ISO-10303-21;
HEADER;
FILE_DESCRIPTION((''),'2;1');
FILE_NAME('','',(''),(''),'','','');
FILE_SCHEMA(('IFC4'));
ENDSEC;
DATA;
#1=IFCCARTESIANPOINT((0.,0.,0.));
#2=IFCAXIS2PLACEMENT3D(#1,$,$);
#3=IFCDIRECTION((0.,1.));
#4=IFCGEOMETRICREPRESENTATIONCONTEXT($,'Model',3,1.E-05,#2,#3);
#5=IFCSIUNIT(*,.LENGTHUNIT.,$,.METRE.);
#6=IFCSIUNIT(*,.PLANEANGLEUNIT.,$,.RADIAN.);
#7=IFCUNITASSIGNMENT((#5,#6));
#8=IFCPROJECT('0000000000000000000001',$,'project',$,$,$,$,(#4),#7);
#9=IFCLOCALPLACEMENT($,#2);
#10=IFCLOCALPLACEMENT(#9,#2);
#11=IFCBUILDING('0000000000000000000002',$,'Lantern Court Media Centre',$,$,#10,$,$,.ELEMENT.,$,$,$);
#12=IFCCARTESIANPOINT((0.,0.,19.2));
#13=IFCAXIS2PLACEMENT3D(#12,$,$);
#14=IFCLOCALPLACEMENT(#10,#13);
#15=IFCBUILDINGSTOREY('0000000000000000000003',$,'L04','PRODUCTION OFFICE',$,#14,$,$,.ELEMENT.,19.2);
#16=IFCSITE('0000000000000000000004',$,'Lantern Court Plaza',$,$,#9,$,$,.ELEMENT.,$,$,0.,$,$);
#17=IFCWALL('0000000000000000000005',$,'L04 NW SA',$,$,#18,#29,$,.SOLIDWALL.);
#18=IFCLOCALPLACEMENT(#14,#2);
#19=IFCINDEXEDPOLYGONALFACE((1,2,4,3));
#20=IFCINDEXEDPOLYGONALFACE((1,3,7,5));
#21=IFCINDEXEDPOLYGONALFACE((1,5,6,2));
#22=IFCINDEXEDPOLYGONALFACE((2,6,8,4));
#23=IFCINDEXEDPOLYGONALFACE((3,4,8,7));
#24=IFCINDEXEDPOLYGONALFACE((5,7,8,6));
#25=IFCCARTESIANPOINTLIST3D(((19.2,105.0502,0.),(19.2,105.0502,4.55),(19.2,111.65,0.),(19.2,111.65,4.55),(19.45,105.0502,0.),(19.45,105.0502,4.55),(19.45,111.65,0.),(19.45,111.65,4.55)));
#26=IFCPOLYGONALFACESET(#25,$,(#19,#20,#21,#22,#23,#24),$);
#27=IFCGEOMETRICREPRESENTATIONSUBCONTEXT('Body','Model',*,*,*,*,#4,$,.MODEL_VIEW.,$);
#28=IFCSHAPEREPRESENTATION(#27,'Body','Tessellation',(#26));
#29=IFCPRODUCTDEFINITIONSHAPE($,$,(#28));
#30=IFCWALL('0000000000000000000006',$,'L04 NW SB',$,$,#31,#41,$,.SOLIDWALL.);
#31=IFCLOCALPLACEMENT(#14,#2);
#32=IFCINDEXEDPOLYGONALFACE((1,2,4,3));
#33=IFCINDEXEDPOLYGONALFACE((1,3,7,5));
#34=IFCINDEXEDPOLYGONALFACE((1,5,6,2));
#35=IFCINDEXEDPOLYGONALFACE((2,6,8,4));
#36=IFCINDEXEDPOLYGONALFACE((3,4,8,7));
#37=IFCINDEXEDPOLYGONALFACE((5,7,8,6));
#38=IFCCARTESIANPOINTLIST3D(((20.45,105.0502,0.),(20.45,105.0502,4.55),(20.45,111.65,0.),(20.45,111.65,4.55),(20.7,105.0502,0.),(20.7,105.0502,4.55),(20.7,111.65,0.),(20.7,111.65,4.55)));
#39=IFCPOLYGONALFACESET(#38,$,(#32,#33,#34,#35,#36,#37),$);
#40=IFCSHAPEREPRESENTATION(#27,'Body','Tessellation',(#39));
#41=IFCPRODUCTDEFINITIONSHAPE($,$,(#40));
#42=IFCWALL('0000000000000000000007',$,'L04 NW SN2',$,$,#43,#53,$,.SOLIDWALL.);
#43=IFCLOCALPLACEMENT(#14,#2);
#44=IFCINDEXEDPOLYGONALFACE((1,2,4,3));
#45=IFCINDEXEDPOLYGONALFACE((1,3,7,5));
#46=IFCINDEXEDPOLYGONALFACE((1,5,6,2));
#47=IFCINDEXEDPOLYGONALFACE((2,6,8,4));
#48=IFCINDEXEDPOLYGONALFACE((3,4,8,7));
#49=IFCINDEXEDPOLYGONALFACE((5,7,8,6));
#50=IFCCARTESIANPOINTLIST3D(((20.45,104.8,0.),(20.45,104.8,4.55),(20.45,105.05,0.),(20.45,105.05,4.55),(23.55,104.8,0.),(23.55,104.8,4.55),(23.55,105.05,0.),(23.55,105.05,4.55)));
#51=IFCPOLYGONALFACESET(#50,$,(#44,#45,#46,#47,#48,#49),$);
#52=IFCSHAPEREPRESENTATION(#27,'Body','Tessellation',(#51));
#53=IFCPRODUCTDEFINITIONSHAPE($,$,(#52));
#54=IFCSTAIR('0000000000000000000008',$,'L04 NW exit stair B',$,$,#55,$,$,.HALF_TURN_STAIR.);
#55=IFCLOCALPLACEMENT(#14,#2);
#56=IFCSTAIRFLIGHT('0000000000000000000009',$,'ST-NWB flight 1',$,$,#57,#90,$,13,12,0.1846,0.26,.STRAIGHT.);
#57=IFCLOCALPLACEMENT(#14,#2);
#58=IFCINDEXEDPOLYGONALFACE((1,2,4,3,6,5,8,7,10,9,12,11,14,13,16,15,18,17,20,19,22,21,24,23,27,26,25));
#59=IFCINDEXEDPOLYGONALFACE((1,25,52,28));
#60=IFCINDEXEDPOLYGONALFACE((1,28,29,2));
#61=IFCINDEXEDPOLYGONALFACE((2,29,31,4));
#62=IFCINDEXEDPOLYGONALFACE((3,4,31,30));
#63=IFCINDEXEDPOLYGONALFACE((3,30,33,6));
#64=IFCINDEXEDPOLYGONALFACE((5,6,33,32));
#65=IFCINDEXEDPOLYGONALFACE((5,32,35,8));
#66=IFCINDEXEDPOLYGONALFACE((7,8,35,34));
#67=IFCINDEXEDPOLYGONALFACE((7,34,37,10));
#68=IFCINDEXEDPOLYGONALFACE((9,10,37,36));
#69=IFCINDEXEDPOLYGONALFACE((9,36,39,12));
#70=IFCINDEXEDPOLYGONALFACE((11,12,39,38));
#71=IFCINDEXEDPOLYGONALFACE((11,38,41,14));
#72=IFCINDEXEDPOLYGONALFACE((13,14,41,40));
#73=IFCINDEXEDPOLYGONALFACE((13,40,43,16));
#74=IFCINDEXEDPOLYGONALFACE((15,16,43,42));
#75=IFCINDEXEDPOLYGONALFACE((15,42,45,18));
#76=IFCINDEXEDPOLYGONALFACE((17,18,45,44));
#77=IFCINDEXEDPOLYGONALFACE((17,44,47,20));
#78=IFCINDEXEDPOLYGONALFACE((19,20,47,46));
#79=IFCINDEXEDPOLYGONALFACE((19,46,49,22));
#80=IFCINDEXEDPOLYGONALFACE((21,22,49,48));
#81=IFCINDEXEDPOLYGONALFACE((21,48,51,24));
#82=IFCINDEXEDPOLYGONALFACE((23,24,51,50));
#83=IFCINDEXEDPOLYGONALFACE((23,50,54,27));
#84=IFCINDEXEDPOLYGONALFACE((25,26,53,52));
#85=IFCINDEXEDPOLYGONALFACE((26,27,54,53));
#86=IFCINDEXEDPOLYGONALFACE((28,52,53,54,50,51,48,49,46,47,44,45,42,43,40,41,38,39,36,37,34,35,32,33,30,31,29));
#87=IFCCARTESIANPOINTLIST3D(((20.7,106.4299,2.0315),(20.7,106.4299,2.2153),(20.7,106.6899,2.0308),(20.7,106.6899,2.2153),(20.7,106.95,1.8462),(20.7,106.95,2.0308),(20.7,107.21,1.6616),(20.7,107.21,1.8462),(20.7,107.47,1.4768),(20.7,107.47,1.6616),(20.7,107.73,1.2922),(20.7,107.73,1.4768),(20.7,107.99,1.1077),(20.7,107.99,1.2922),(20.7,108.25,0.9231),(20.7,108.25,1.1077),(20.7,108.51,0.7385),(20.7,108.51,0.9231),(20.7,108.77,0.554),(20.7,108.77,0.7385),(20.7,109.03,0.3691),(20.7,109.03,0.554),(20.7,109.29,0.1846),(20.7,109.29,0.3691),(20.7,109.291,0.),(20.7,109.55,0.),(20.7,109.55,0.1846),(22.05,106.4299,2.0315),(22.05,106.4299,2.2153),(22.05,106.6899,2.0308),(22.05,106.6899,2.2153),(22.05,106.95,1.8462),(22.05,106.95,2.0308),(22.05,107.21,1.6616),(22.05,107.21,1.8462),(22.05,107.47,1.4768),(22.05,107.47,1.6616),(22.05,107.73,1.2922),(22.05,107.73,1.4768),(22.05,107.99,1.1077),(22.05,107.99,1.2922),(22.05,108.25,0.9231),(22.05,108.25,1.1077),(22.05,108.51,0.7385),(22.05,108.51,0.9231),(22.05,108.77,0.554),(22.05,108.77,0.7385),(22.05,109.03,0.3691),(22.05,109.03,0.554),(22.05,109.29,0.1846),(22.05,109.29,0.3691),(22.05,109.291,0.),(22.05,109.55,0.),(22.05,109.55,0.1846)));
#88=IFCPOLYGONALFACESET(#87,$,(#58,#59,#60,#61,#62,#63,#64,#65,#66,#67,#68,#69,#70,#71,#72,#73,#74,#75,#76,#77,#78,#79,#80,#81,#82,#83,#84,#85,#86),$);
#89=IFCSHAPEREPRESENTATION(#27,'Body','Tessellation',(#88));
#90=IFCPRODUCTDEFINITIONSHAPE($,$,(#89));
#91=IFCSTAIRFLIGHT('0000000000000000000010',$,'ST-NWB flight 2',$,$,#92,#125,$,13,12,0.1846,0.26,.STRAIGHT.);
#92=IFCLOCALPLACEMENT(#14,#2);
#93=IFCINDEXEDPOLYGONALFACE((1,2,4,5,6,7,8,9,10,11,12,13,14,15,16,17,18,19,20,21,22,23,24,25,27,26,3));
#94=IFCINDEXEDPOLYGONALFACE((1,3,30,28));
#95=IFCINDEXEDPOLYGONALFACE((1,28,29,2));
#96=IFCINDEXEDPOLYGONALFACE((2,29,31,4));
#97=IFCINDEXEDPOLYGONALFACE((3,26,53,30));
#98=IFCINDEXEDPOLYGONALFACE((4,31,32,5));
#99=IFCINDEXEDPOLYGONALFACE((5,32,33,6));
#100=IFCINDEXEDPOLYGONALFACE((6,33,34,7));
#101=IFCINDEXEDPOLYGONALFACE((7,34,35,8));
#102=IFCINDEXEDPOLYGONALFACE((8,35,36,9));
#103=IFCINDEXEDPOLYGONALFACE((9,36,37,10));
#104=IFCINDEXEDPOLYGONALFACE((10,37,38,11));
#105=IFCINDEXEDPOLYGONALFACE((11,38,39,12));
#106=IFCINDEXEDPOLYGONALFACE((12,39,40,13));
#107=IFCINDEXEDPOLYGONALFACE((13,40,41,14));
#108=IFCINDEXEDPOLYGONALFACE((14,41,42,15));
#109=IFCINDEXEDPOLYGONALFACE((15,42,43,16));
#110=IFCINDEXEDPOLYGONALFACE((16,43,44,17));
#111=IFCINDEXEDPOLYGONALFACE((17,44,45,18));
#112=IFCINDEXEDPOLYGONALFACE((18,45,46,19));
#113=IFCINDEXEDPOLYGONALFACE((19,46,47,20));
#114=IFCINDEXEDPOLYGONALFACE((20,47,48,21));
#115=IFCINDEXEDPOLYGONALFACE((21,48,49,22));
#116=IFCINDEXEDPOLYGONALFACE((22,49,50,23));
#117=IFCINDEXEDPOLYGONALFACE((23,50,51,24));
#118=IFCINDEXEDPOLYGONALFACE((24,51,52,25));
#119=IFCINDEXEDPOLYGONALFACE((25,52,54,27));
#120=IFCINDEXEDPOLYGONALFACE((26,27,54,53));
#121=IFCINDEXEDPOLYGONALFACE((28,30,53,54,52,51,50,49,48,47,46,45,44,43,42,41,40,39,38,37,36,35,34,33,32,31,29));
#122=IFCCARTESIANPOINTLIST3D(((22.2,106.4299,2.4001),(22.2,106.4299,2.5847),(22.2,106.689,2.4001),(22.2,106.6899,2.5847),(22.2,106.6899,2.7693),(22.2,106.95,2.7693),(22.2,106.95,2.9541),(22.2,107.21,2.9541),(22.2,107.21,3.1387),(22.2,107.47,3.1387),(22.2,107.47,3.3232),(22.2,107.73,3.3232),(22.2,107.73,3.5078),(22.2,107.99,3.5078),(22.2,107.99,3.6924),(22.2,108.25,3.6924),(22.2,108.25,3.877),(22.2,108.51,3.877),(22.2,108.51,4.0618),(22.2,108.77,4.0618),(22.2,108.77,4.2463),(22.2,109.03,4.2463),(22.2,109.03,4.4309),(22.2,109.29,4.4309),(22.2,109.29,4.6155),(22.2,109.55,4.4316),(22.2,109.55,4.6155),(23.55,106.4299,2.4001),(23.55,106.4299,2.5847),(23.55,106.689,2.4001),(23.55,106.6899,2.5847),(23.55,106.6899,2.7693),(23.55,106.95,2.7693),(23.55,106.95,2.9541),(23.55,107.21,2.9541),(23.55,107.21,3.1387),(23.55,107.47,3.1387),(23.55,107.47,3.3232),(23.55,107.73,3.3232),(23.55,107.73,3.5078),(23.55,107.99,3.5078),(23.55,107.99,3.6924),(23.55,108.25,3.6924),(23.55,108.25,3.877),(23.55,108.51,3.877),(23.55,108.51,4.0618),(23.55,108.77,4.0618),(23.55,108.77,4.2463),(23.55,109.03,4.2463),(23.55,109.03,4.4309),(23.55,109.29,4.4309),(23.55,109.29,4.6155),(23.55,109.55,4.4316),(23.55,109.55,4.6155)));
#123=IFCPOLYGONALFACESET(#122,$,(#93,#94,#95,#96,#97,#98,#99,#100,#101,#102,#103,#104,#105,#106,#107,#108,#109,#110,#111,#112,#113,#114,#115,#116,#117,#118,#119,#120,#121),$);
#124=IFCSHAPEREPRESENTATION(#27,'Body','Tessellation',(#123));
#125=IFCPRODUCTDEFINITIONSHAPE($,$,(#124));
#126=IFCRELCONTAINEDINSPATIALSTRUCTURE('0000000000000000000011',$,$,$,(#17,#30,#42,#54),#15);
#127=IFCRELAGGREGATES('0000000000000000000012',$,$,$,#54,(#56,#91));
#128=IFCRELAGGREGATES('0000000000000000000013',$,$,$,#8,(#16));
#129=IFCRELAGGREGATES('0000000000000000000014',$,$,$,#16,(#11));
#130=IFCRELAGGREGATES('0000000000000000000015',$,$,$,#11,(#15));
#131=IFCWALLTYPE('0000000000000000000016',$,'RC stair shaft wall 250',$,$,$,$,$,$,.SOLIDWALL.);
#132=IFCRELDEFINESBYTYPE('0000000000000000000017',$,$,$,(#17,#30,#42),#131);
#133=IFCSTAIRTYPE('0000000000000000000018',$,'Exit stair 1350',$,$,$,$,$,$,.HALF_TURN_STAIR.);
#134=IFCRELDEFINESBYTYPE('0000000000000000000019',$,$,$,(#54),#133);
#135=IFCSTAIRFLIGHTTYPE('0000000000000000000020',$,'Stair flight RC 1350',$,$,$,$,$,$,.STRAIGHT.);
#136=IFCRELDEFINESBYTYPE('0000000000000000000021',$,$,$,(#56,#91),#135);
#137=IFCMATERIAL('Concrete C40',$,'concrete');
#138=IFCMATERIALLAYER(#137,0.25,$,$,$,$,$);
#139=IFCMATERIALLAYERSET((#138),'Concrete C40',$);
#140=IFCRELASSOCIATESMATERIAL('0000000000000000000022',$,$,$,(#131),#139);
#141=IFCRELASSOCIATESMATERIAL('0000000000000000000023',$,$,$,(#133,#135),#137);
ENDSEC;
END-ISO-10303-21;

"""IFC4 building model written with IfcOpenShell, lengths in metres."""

from ifc_helpers import new_model, si_unit, direction, frame, frame_2d, origin, place, context, subcontext, project, spatial, polyline, rectangle, outline, extrude, material, layer, layer_set, type_object, element, aggregate, save


model = new_model("IFC4")

# Units and contexts
model_context = context("Model", 3, precision=1e-05, world=origin(), true_north=direction((0.0, 1.0)))
body_context = subcontext(model_context, "Body", "Model", "MODEL_VIEW")
ifc_project = project(units=[si_unit("LENGTHUNIT", "METRE"), si_unit("PLANEANGLEUNIT", "RADIAN")], contexts=[model_context])

# Site, building, storey
site_placement = place(None, origin())
site = spatial("IfcSite", under=ifc_project, at=site_placement, Name="Lantern Court Plaza", CompositionType="ELEMENT", RefElevation=0.0)
building_placement = place(site_placement, origin())
building = spatial("IfcBuilding", under=site, at=building_placement, Name="Lantern Court Media Centre", CompositionType="ELEMENT")
storey_placement = place(building_placement, frame((0.0, 0.0, 19.2)))
storey = spatial("IfcBuildingStorey", under=building, at=storey_placement, Name="L04", Description="PRODUCTION OFFICE", CompositionType="ELEMENT", Elevation=19.2)

# Walls
ifc_material_1 = material(Name="Concrete C40", Category="concrete")
ifc_layer_1 = layer(ifc_material_1, 0.25)
ifc_layer_set_1 = layer_set([ifc_layer_1], Name="Concrete C40")
wall_type_1 = type_object("IfcWallType", Name="RC stair shaft wall 250", PredefinedType="SOLIDWALL", material=ifc_layer_set_1)
for number, where, z_axis, x_axis, name in (
    (1, (19.325, 111.6499, 0.0), (0.0, 0.0, 1.0), (0.0, -1.0, 0.0), "L04 NW SA"),
    (2, (20.575, 111.6499, 0.0), (0.0, 0.0, 1.0), (0.0, -1.0, 0.0), "L04 NW SB"),
):
    element("IfcWall", number, at=place(storey_placement, frame(where, z_axis=z_axis, x_axis=x_axis)), inside=storey, type_object=wall_type_1, Name=name, PredefinedType="SOLIDWALL", context=body_context, shape_type="SweptSolid", body=[
        extrude(rectangle(XDim=6.5999, YDim=0.25, at=frame_2d((3.2998, 0.0))), origin(), (0.0, 0.0, 1.0), 4.55),
    ])
wall_1_placement = place(storey_placement, frame((20.45, 104.925, 0.0), z_axis=(0.0, 0.0, 1.0), x_axis=(1.0, 0.0, 0.0)))
element("IfcWall", 3, at=wall_1_placement, inside=storey, type_object=wall_type_1, Name="L04 NW SN2", PredefinedType="SOLIDWALL", context=body_context, shape_type="SweptSolid", body=[
    extrude(rectangle(XDim=3.1001, YDim=0.25, at=frame_2d((1.55, 0.0))), origin(), (0.0, 0.0, 1.0), 4.55),
])

# Stair, stair flights
stair_type = type_object("IfcStairType", Name="Exit stair 1350", PredefinedType="HALF_TURN_STAIR", material=ifc_material_1)
stair_placement = place(storey_placement, origin())
stair = element("IfcStair", 4, at=stair_placement, inside=storey, type_object=stair_type, Name="L04 NW exit stair B", PredefinedType="HALF_TURN_STAIR")
stair_flight_type = type_object("IfcStairFlightType", Name="Stair flight RC 1350", PredefinedType="STRAIGHT", material=ifc_material_1)
stair_flight_1_placement = place(storey_placement, frame((21.375, 109.55, 0.0), z_axis=(0.0, 0.0, 1.0), x_axis=(0.0, -1.0, 0.0)))
stair_flight_1 = element("IfcStairFlight", 5, at=stair_flight_1_placement, type_object=stair_flight_type, Name="ST-NWB flight 1", NumberOfRisers=13, NumberOfTreads=12, PredefinedType="STRAIGHT", RiserHeight=0.1846, TreadLength=0.26, context=body_context, shape_type="SweptSolid", body=[
    extrude(outline(polyline([(0.0, 0.0), (0.0, 0.1846), (0.26, 0.1846), (0.26, 0.3691), (0.52, 0.3691), (0.52, 0.554), (0.78, 0.554), (0.78, 0.7385), (1.04, 0.7385), (1.04, 0.9231), (1.3, 0.9231), (1.3, 1.1077), (1.5601, 1.1077), (1.5601, 1.2922), (1.8201, 1.2922), (1.8201, 1.4768), (2.0801, 1.4768), (2.0801, 1.6616), (2.3401, 1.6616), (2.3401, 1.8462), (2.6001, 1.8462), (2.6001, 2.0308), (2.8601, 2.0308), (2.8601, 2.2153), (3.1201, 2.2153), (3.1201, 2.3999), (3.1201, 2.0315), (0.259, 0.0), (0.0, 0.0)])), frame((0.0, 0.675, 0.0), z_axis=(0.0, -1.0, 0.0), x_axis=(1.0, 0.0, 0.0)), (0.0, 0.0, 1.0), 1.3501),
])
stair_flight_2_placement = place(storey_placement, frame((22.875, 106.4299, 2.4001), z_axis=(0.0, 0.0, 1.0), x_axis=(0.0, 1.0, 0.0)))
stair_flight_2 = element("IfcStairFlight", 6, at=stair_flight_2_placement, type_object=stair_flight_type, Name="ST-NWB flight 2", NumberOfRisers=13, NumberOfTreads=12, PredefinedType="STRAIGHT", RiserHeight=0.1846, TreadLength=0.26, context=body_context, shape_type="SweptSolid", body=[
    extrude(outline(polyline([(0.0, 0.0), (0.0, 0.1846), (0.26, 0.1846), (0.26, 0.3691), (0.52, 0.3691), (0.52, 0.554), (0.78, 0.554), (0.78, 0.7385), (1.04, 0.7385), (1.04, 0.9231), (1.3, 0.9231), (1.3, 1.1077), (1.5601, 1.1077), (1.5601, 1.2922), (1.8201, 1.2922), (1.8201, 1.4768), (2.0801, 1.4768), (2.0801, 1.6616), (2.3401, 1.6616), (2.3401, 1.8462), (2.6001, 1.8462), (2.6001, 2.0308), (2.8601, 2.0308), (2.8601, 2.2153), (3.1201, 2.2153), (3.1201, 2.3999), (3.1201, 2.0315), (0.259, 0.0), (0.0, 0.0)])), frame((0.0, 0.675, 0.0), z_axis=(0.0, -1.0, 0.0), x_axis=(1.0, 0.0, 0.0)), (0.0, 0.0, 1.0), 1.3501),
])
aggregate(stair, [stair_flight_1, stair_flight_2])

save(model, "model.ifc")
